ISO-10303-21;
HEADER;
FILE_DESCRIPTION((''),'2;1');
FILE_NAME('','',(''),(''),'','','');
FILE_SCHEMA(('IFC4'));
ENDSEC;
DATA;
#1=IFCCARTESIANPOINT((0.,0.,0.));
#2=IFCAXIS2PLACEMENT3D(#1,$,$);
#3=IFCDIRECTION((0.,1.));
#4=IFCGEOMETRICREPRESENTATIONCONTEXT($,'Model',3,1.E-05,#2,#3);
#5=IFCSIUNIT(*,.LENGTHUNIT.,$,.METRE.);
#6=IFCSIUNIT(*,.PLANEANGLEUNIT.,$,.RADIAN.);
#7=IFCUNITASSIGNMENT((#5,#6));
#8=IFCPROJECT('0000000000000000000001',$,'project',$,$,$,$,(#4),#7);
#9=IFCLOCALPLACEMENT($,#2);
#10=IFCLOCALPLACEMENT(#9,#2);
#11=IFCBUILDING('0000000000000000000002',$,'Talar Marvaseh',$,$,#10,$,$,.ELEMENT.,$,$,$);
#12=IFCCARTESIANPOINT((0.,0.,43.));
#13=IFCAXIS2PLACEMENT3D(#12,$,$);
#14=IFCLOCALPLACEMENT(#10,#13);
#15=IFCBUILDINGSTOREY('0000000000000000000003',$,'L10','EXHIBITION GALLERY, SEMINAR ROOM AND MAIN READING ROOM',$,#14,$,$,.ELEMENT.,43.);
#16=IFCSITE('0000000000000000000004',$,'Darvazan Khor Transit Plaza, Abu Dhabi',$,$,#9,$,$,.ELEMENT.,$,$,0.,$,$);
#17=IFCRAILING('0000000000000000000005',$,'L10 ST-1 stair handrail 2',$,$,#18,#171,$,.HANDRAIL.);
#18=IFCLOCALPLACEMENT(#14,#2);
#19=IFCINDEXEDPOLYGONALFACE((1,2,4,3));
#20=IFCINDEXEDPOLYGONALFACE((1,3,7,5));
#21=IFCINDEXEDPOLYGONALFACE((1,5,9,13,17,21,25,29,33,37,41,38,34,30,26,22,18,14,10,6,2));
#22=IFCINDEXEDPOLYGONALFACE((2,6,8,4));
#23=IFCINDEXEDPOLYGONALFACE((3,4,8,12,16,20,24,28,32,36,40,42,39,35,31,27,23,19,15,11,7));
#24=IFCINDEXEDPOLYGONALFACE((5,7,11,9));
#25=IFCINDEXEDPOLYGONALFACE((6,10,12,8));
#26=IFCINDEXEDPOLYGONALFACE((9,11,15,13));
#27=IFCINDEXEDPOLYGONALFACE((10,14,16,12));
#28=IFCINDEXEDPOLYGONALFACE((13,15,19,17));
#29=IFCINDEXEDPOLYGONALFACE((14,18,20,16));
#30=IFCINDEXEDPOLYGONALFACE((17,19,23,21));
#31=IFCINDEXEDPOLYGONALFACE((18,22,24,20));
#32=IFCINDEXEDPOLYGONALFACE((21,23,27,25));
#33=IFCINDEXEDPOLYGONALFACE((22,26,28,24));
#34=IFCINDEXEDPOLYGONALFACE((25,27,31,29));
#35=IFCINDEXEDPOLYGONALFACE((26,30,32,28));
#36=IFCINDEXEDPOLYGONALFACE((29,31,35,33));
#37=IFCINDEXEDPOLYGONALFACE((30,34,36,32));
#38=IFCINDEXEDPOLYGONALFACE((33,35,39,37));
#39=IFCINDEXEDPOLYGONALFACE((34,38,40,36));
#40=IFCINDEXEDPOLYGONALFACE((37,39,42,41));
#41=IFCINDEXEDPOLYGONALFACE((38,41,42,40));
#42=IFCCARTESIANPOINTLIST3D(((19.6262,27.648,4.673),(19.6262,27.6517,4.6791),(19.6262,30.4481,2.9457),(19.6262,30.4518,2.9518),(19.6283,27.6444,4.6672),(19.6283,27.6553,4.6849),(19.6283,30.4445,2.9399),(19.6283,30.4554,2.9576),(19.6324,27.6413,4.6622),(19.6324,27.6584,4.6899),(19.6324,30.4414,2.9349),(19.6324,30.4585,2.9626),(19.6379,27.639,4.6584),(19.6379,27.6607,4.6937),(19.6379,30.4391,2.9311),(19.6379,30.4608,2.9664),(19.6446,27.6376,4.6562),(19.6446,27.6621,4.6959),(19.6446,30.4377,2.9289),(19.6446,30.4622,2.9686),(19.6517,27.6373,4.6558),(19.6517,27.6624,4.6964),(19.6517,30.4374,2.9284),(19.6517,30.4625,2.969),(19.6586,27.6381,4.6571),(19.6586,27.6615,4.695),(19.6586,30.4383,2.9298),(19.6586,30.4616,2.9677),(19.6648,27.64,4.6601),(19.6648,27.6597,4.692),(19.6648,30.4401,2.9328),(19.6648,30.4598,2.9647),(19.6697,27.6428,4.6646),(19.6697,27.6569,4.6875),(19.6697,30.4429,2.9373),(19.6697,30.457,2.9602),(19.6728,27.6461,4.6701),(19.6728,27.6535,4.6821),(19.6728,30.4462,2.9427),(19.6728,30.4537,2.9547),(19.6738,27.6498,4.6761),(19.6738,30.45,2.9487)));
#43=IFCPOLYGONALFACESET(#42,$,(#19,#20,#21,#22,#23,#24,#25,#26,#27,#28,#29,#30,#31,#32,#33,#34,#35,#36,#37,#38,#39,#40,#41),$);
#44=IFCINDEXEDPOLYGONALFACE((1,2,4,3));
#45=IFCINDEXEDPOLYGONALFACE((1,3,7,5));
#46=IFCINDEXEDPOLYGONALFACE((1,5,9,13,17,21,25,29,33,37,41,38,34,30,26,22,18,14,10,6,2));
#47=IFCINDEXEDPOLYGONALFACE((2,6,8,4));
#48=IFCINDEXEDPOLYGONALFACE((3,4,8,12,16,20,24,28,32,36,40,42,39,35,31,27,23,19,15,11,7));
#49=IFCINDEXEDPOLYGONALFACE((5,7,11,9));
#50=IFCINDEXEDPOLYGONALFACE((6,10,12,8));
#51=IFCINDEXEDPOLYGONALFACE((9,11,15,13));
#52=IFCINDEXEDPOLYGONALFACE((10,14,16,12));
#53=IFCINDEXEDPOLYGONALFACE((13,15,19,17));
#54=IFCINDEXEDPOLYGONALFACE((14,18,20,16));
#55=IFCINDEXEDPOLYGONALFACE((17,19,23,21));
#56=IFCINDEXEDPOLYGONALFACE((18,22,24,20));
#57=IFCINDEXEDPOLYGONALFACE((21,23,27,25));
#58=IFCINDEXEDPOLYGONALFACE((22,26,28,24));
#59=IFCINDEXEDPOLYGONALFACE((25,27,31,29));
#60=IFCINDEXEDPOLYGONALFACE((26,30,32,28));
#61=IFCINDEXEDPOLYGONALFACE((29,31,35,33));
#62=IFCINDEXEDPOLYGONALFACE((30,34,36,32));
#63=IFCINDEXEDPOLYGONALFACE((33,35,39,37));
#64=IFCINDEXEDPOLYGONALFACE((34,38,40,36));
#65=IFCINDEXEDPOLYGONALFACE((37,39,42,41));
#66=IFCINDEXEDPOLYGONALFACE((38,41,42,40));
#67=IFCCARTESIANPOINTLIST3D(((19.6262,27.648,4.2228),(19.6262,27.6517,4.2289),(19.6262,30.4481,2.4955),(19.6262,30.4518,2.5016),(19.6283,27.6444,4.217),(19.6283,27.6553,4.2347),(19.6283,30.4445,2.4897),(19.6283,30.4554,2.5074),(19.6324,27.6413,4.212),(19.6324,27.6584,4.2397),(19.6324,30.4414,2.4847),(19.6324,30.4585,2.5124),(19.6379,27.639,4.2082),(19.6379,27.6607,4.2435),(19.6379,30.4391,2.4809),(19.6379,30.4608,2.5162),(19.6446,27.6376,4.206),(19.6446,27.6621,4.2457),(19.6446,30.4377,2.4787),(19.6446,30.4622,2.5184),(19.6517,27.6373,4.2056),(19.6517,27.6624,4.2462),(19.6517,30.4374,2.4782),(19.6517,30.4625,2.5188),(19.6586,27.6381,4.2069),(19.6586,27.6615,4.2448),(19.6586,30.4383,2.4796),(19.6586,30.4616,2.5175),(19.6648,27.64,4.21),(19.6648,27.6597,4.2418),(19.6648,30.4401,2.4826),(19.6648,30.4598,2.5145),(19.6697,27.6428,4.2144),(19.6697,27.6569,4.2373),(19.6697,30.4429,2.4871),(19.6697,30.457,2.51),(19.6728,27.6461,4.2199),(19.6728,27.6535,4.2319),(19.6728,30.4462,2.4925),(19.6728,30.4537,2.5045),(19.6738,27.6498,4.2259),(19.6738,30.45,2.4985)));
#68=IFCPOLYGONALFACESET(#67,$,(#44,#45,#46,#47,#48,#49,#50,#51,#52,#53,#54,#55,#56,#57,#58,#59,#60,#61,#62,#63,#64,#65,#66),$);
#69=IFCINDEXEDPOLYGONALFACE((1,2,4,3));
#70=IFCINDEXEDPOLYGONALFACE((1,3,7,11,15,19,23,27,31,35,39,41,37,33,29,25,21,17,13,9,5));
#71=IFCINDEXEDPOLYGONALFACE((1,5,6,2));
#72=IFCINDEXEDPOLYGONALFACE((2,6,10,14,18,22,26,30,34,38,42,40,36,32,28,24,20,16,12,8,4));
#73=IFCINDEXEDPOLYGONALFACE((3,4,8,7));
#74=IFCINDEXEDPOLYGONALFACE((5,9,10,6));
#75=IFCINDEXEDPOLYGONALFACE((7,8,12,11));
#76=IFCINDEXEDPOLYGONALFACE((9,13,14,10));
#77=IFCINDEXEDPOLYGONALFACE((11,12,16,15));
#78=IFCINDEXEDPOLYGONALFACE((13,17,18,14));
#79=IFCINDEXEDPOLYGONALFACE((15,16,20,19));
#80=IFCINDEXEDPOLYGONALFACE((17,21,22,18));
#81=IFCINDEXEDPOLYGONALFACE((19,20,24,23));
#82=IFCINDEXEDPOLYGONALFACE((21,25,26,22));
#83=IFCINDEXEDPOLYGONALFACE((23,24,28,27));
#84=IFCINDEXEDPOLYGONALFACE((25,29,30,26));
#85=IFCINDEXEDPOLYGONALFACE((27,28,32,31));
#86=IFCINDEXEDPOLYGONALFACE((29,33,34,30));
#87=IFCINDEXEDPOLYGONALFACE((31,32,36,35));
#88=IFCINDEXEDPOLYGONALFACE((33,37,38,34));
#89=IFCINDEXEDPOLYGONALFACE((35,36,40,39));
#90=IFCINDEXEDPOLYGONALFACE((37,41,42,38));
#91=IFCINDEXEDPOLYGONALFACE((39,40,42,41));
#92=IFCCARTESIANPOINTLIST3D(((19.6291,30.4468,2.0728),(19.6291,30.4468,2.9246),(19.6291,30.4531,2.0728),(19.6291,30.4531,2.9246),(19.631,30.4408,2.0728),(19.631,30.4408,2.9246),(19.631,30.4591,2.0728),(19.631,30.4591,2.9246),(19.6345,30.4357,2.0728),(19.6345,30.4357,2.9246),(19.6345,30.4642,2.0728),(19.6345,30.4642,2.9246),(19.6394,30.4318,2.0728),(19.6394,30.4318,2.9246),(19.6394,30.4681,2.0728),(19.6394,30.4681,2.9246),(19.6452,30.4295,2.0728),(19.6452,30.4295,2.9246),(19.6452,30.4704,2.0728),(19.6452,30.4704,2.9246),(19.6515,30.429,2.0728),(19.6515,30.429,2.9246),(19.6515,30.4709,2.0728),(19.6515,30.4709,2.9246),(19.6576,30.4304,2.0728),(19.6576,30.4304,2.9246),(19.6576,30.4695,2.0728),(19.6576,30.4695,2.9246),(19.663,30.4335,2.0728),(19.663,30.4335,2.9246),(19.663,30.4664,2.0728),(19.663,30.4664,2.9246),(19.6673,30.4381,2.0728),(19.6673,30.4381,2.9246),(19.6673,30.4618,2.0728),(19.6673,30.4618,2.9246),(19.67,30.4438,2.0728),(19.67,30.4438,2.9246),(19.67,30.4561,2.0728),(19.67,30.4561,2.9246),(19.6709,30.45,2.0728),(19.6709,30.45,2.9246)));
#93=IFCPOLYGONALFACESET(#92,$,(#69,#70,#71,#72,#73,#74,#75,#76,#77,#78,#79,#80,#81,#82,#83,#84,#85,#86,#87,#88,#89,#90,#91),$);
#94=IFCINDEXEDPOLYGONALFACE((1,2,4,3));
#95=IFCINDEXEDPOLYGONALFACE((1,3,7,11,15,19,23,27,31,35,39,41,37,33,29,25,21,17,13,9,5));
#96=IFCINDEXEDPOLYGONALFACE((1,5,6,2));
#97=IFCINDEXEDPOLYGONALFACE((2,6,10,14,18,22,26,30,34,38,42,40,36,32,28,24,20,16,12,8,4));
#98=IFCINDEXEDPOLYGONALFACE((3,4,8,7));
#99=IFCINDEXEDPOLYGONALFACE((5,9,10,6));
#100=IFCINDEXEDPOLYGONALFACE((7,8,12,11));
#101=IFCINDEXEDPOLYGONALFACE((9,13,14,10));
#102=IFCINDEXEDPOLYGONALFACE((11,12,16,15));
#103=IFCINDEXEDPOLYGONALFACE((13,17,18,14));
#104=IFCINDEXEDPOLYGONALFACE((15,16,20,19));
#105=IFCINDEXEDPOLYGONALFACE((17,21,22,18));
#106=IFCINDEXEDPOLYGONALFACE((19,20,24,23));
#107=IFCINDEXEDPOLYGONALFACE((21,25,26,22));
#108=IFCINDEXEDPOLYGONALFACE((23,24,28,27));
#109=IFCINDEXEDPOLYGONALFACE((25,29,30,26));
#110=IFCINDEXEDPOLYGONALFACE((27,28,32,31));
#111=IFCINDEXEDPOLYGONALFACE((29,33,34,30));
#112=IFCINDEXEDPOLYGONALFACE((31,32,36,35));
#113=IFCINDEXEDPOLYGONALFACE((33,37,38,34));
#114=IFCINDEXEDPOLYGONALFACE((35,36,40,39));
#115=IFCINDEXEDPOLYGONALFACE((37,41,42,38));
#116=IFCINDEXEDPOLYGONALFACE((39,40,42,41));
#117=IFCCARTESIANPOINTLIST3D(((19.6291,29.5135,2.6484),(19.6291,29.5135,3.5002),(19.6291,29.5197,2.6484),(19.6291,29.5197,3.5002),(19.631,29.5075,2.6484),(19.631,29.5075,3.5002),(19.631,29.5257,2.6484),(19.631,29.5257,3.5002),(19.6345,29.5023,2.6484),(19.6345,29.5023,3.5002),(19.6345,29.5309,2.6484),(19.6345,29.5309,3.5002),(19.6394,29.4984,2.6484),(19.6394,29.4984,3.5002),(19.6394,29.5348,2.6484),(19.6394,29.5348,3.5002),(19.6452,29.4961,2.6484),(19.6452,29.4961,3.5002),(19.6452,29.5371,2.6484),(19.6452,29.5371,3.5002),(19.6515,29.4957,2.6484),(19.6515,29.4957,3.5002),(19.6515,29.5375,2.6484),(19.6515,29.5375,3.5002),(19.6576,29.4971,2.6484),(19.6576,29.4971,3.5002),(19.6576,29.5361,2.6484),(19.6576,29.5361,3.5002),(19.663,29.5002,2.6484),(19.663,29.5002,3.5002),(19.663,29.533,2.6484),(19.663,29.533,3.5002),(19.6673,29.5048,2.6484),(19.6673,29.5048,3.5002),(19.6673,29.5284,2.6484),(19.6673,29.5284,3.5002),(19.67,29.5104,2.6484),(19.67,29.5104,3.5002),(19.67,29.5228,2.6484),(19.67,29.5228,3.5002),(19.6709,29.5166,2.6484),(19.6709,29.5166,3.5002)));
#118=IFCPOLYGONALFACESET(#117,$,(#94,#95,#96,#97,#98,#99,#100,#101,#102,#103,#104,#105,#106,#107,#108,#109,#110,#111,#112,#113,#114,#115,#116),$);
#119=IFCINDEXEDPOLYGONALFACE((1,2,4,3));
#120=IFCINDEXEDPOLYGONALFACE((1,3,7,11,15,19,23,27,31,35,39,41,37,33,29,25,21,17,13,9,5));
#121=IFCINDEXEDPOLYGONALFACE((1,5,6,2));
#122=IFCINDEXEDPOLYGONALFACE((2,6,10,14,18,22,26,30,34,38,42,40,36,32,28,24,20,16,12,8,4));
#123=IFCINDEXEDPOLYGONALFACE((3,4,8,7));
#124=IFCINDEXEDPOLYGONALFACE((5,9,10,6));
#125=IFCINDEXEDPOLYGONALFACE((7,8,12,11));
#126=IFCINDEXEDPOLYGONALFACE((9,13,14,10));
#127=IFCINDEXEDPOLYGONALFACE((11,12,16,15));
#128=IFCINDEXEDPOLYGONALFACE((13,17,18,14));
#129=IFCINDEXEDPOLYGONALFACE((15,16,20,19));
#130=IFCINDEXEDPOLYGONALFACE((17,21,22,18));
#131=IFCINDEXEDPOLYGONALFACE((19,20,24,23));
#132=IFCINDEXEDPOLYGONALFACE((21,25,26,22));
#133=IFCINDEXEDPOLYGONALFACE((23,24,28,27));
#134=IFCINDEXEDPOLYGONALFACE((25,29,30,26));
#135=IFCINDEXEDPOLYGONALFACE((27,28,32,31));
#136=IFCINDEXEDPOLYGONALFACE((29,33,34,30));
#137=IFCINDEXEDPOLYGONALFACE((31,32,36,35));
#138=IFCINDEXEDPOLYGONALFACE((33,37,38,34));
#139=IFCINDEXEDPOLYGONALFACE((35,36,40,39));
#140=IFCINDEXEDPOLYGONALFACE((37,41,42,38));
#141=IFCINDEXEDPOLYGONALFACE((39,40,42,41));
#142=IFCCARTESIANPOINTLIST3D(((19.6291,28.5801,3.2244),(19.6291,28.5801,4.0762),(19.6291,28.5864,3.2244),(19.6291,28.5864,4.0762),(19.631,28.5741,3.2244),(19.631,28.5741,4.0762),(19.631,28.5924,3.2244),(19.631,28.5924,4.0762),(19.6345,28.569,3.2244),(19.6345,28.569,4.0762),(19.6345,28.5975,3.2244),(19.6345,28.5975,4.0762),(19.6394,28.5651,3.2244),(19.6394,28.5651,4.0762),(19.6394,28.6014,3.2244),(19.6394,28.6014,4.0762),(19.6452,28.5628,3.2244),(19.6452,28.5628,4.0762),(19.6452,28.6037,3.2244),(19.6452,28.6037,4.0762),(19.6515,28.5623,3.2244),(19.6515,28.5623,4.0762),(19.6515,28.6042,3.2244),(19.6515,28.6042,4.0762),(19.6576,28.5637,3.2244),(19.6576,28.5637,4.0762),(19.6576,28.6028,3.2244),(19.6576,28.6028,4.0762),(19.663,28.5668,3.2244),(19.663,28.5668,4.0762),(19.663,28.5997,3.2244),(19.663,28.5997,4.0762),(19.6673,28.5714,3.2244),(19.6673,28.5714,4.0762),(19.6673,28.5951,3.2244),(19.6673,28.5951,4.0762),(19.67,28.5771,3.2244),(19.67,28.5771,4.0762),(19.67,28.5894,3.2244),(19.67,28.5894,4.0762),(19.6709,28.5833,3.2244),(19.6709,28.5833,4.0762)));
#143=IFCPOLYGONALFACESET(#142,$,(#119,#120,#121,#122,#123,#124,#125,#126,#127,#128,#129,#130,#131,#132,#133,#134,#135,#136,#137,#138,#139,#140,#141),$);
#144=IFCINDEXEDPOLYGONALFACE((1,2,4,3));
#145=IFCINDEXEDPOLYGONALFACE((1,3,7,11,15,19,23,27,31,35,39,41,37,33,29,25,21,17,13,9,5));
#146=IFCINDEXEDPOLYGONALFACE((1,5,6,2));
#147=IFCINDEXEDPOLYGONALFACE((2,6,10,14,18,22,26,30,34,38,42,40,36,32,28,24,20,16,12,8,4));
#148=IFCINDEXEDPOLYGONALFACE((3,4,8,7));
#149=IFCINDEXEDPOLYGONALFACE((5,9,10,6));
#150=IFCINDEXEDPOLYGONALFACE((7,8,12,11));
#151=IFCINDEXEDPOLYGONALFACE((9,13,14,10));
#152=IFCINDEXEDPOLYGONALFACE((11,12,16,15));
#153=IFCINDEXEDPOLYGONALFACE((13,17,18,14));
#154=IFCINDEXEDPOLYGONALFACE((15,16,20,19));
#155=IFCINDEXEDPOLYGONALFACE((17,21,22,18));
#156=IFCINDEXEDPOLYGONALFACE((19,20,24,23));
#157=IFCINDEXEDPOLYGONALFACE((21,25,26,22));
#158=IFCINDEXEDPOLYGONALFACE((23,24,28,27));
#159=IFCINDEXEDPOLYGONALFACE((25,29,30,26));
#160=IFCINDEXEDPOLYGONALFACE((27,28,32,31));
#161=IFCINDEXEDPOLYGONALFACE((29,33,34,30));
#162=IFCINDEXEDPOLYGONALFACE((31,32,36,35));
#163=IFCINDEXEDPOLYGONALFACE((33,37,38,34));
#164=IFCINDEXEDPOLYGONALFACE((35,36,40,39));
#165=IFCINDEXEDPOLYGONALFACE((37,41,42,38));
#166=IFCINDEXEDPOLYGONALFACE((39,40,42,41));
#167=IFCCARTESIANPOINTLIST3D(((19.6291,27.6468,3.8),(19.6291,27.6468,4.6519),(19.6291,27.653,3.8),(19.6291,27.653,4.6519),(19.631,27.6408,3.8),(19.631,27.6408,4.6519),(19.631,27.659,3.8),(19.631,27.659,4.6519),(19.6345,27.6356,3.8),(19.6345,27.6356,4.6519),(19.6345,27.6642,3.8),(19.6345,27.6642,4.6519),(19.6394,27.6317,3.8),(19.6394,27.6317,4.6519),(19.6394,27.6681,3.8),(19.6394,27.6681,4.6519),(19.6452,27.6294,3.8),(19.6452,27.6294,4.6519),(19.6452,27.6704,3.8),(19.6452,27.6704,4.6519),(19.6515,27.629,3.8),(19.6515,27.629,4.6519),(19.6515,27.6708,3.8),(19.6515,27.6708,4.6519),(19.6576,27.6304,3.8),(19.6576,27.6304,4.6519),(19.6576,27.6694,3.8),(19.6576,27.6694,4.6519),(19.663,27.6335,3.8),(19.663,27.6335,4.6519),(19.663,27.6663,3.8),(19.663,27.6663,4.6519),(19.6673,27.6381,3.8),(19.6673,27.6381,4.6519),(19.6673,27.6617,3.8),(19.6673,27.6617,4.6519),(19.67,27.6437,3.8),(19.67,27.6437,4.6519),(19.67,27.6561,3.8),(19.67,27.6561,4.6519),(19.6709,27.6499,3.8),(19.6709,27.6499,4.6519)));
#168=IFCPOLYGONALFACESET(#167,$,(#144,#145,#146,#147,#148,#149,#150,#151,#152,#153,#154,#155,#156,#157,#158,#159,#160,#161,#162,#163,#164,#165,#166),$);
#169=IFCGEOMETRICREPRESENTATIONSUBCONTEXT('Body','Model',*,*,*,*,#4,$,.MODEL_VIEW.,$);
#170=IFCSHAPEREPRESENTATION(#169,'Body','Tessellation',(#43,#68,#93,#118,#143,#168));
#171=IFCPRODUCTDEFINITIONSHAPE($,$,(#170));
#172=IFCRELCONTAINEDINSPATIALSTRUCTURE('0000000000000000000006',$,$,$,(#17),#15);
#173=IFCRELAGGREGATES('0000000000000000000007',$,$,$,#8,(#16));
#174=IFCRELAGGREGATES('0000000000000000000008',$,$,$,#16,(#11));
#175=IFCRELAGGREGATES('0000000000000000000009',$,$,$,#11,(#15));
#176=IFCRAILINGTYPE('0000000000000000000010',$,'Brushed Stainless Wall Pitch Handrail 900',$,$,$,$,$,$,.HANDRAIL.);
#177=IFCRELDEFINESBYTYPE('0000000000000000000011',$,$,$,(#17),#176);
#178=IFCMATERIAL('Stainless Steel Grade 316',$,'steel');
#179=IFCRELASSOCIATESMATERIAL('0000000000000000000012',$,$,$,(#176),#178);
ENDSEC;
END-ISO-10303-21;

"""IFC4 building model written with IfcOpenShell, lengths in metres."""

from ifc_helpers import new_model, si_unit, direction, frame, origin, origin_2d, place, context, subcontext, project, spatial, circle, extrude, material, type_object, element, save


model = new_model("IFC4")

# Units and contexts
model_context = context("Model", 3, precision=1e-05, world=origin(), true_north=direction((0.0, 1.0)))
body_context = subcontext(model_context, "Body", "Model", "MODEL_VIEW")
ifc_project = project(units=[si_unit("LENGTHUNIT", "METRE"), si_unit("PLANEANGLEUNIT", "RADIAN")], contexts=[model_context])

# Site, building, storey
site_placement = place(None, origin())
site = spatial("IfcSite", under=ifc_project, at=site_placement, Name="Darvazan Khor Transit Plaza, Abu Dhabi", CompositionType="ELEMENT", RefElevation=0.0)
building_placement = place(site_placement, origin())
building = spatial("IfcBuilding", under=site, at=building_placement, Name="Talar Marvaseh", CompositionType="ELEMENT")
storey_placement = place(building_placement, frame((0.0, 0.0, 43.0)))
storey = spatial("IfcBuildingStorey", under=building, at=storey_placement, Name="L10", Description="EXHIBITION GALLERY, SEMINAR ROOM AND MAIN READING ROOM", CompositionType="ELEMENT", Elevation=43.0)

# Railing
ifc_material_1 = material(Name="Stainless Steel Grade 316", Category="steel")
railing_type_1 = type_object("IfcRailingType", Name="Brushed Stainless Wall Pitch Handrail 900", PredefinedType="HANDRAIL", material=ifc_material_1)
railing_1_placement = place(storey_placement, frame((19.6499, 30.45, 2.0728)))
element("IfcRailing", 1, at=railing_1_placement, inside=storey, type_object=railing_type_1, Name="L10 ST-1 stair handrail 2", PredefinedType="HANDRAIL", context=body_context, shape_type="SweptSolid", body=[
    extrude(circle(Radius=0.0239, at=origin_2d()), frame((0.0, 0.0, 0.876), z_axis=(0.0, -0.85109, 0.52502), x_axis=(1.0, 0.0, 0.0)), (0.0, 0.0, 1.0), 3.29),
    extrude(circle(Radius=0.0239, at=origin_2d()), frame((0.0, 0.0, 0.4258), z_axis=(0.0, -0.85109, 0.52502), x_axis=(1.0, 0.0, 0.0)), (0.0, 0.0, 1.0), 3.29),
    extrude(circle(Radius=0.021, at=origin_2d()), origin(), (0.0, 0.0, 1.0), 0.8518),
    extrude(circle(Radius=0.021, at=origin_2d()), frame((0.0, -0.9333, 0.5757)), (0.0, 0.0, 1.0), 0.8518),
    extrude(circle(Radius=0.021, at=origin_2d()), frame((0.0, -1.8667, 1.1516)), (0.0, 0.0, 1.0), 0.8518),
    extrude(circle(Radius=0.021, at=origin_2d()), frame((0.0, -2.8, 1.7273)), (0.0, 0.0, 1.0), 0.8518),
])

save(model, "model.ifc")
